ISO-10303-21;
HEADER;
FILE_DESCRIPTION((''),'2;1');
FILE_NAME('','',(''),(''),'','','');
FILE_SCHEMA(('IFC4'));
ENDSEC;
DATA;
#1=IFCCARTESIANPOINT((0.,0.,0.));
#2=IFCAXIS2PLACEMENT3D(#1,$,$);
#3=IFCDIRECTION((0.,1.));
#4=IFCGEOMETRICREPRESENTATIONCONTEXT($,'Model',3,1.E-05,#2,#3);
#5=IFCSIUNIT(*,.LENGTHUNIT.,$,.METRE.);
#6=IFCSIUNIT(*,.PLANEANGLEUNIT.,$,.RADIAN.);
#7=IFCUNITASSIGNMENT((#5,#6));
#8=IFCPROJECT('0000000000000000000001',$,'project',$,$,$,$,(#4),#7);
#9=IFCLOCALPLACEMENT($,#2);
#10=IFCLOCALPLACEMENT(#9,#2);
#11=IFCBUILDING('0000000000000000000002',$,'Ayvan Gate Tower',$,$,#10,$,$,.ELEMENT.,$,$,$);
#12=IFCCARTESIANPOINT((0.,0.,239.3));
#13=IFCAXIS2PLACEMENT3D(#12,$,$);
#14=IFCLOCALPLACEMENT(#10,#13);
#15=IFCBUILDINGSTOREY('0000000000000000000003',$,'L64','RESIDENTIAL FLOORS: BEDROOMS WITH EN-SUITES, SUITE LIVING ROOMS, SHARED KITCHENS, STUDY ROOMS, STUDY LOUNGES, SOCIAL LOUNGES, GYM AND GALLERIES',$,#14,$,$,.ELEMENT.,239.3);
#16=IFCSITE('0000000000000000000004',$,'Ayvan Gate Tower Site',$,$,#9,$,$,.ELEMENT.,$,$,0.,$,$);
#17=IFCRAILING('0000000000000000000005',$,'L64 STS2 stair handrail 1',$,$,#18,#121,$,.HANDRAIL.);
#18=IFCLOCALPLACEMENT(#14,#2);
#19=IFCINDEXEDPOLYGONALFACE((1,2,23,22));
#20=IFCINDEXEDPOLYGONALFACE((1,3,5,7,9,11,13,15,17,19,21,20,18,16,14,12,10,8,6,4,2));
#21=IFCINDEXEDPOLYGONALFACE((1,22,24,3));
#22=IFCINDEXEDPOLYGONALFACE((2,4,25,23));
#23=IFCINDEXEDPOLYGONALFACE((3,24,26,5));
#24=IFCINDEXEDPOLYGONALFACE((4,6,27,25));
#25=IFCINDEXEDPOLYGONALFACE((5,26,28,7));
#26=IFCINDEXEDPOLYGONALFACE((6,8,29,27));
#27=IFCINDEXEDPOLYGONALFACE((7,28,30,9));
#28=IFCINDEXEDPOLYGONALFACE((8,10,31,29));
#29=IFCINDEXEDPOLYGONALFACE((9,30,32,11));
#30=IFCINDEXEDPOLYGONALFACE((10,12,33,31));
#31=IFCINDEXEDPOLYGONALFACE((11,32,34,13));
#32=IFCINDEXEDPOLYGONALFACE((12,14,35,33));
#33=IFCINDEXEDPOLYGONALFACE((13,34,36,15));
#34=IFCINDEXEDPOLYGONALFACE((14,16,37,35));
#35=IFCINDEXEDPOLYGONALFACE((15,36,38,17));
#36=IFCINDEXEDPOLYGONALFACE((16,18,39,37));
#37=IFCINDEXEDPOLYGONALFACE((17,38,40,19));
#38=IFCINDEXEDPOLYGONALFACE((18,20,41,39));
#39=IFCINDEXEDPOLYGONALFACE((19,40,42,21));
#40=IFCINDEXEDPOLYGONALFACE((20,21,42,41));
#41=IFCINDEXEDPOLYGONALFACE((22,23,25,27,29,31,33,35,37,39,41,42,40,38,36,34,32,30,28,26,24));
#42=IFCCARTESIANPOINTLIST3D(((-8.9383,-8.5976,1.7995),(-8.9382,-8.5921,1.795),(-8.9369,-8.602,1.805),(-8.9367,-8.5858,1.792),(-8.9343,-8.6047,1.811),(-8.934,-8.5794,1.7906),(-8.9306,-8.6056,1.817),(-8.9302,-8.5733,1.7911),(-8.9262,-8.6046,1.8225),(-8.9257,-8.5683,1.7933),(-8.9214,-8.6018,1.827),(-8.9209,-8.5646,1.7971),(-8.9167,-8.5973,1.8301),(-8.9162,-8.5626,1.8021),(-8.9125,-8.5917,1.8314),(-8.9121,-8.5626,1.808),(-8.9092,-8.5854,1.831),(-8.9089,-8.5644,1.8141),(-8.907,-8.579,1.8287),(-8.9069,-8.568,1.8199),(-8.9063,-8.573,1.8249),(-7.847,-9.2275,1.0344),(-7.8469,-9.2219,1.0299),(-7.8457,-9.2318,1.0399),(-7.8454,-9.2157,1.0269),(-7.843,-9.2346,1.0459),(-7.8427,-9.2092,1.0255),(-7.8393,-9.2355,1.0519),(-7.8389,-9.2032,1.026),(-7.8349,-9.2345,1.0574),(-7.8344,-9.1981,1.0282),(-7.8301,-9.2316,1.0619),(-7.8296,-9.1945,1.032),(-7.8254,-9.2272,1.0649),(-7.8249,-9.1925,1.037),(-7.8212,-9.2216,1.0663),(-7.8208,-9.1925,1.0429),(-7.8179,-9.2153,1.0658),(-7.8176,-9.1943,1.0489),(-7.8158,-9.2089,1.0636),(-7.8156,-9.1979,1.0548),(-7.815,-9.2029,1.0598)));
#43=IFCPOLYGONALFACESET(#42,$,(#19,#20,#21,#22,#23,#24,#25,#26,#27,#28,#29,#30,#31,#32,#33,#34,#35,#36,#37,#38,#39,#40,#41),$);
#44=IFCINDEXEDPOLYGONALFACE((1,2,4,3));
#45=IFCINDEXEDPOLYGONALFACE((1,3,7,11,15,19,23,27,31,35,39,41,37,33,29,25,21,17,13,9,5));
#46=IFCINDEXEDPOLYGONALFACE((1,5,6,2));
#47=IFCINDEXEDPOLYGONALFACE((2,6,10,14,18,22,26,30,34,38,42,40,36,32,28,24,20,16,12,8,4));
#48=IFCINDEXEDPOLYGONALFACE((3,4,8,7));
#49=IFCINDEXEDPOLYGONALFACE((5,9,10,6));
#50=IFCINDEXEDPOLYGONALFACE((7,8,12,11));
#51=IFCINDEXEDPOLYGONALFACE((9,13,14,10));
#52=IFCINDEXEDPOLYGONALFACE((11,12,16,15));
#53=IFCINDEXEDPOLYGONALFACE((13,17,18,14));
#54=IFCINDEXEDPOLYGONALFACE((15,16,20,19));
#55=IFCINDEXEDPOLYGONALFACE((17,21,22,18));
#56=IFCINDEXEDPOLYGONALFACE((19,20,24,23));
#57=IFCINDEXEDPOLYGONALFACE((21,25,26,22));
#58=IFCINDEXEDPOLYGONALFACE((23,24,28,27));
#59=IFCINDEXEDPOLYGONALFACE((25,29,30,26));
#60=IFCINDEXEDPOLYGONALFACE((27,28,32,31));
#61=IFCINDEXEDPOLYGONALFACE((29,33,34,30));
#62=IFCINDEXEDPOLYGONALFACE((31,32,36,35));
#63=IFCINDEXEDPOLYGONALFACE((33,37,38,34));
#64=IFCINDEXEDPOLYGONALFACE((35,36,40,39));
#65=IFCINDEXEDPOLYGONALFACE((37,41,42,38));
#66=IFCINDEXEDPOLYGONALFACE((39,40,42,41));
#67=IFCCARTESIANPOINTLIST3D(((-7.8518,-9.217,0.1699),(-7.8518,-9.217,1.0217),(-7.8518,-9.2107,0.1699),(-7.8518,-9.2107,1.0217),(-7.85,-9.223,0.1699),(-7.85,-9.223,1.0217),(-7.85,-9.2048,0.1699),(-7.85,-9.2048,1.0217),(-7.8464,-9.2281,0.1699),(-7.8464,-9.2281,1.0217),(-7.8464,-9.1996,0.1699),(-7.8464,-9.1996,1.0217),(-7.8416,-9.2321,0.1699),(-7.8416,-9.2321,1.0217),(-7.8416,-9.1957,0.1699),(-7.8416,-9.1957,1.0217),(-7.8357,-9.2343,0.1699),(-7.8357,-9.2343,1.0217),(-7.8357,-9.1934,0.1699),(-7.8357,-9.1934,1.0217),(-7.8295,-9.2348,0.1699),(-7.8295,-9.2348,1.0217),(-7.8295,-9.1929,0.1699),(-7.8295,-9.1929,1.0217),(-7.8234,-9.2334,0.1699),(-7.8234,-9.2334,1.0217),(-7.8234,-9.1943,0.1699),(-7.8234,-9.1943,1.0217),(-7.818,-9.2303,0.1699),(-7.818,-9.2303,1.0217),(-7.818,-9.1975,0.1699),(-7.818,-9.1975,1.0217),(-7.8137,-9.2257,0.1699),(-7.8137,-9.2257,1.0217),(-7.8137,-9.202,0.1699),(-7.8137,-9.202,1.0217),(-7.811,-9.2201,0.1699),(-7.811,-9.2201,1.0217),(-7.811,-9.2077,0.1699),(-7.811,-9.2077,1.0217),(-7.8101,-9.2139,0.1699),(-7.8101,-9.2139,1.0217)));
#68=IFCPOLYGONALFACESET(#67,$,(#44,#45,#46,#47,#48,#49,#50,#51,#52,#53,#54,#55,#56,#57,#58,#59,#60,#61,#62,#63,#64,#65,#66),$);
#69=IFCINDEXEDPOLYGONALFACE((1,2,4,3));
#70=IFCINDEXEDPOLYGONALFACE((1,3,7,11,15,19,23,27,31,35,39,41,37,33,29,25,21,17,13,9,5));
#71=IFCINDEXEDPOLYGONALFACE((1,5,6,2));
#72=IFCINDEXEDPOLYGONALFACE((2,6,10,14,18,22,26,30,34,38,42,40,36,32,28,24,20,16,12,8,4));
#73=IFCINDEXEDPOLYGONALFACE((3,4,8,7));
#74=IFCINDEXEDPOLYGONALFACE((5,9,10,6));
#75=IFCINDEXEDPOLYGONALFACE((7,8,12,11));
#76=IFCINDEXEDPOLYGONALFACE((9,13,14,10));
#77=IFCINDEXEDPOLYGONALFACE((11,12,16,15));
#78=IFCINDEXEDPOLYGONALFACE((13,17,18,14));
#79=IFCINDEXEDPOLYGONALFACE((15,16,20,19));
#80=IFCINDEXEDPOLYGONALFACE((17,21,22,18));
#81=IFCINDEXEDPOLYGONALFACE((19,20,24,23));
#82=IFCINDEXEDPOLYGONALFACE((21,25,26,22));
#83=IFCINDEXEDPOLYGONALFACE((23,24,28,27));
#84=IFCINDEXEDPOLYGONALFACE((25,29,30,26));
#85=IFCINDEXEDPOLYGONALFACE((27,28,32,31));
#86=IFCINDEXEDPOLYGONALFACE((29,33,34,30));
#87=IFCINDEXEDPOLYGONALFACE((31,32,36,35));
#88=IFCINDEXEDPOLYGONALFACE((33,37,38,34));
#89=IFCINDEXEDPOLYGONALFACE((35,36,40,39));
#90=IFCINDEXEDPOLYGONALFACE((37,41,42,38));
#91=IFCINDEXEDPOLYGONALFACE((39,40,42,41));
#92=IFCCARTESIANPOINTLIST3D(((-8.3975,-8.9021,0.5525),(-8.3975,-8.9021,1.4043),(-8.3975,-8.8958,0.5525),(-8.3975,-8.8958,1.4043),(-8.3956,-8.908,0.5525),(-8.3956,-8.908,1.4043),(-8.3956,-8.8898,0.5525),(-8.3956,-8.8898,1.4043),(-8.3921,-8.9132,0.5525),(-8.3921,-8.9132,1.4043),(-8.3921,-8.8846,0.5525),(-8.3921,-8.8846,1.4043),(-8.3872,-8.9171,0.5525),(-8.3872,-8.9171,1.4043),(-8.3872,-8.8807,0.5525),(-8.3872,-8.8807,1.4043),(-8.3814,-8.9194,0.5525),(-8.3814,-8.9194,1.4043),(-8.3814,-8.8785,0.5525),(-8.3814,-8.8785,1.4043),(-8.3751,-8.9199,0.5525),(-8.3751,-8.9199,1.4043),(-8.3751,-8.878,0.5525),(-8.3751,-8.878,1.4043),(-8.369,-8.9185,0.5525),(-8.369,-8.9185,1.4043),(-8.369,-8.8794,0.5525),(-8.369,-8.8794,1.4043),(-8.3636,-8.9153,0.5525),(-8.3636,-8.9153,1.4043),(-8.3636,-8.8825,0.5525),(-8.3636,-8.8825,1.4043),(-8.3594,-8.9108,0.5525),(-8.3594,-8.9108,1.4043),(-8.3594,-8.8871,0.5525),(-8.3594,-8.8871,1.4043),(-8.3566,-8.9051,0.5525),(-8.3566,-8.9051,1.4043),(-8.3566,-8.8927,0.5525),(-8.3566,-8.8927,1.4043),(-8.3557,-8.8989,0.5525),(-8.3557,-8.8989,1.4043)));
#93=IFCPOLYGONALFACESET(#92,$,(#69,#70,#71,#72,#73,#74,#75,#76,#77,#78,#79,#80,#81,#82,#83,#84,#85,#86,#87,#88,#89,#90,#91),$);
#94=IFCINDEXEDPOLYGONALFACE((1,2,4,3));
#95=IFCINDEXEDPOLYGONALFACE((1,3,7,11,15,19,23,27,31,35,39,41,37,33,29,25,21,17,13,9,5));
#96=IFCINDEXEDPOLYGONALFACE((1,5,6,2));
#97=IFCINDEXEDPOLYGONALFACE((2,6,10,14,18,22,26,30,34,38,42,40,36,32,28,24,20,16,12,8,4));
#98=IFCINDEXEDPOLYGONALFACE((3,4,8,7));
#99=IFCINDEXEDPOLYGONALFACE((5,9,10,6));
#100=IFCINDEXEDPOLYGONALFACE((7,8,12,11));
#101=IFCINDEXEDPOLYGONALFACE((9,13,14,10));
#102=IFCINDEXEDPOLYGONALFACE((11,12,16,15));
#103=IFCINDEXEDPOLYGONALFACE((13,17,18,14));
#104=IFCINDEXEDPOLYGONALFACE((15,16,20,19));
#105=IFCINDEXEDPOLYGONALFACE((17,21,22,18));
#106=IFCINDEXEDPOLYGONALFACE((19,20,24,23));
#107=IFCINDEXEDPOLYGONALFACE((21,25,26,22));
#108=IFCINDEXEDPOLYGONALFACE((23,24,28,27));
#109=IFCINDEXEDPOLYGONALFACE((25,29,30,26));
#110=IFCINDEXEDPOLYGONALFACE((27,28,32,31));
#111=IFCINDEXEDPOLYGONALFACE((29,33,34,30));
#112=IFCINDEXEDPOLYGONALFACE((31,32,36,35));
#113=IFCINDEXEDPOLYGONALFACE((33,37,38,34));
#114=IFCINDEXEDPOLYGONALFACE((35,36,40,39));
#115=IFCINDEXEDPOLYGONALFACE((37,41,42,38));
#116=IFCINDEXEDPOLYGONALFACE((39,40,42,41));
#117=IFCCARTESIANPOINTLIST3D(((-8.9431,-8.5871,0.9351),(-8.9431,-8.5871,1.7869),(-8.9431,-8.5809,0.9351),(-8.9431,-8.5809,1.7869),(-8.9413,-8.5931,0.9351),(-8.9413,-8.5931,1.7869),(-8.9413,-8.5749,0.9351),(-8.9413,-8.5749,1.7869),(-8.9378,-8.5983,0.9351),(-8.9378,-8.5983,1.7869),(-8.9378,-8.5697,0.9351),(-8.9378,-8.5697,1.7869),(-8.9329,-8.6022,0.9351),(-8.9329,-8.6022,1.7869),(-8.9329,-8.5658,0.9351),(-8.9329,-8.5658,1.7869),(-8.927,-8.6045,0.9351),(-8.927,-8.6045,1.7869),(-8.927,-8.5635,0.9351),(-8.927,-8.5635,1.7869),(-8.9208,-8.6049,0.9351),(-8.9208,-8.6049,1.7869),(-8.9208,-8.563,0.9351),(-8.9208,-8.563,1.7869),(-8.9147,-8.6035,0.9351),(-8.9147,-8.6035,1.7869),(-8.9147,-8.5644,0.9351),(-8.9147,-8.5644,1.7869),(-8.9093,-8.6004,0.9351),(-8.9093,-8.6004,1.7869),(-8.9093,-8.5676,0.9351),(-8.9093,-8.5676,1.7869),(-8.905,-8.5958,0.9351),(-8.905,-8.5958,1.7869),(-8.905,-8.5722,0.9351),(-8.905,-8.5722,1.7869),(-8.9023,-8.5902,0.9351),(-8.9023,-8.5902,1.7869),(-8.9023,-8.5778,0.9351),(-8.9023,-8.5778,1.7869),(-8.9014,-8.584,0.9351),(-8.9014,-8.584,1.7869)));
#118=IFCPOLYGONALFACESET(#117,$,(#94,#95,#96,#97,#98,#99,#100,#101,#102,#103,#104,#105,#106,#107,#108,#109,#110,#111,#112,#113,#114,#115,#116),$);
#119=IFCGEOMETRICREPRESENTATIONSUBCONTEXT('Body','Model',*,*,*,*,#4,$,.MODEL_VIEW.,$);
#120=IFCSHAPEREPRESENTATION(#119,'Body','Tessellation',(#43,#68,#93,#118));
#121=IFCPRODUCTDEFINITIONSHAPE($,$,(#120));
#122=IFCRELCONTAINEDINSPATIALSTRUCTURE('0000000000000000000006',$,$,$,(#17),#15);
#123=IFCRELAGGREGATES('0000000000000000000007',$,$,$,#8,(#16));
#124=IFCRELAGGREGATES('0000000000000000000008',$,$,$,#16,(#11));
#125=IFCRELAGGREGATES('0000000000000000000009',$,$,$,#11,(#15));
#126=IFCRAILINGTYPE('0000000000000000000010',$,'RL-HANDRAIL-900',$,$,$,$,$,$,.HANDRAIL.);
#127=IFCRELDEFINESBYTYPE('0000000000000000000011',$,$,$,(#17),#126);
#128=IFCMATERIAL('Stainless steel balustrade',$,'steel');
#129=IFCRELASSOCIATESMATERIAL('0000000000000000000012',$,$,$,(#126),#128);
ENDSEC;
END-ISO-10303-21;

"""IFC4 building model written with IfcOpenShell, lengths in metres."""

from ifc_helpers import new_model, si_unit, direction, frame, origin, origin_2d, place, context, subcontext, project, spatial, circle, extrude, material, type_object, element, save


model = new_model("IFC4")

# Units and contexts
model_context = context("Model", 3, precision=1e-05, world=origin(), true_north=direction((0.0, 1.0)))
body_context = subcontext(model_context, "Body", "Model", "MODEL_VIEW")
ifc_project = project(units=[si_unit("LENGTHUNIT", "METRE"), si_unit("PLANEANGLEUNIT", "RADIAN")], contexts=[model_context])

# Site, building, storey
site_placement = place(None, origin())
site = spatial("IfcSite", under=ifc_project, at=site_placement, Name="Ayvan Gate Tower Site", CompositionType="ELEMENT", RefElevation=0.0)
building_placement = place(site_placement, origin())
building = spatial("IfcBuilding", under=site, at=building_placement, Name="Ayvan Gate Tower", CompositionType="ELEMENT")
storey_placement = place(building_placement, frame((0.0, 0.0, 239.3)))
storey = spatial("IfcBuildingStorey", under=building, at=storey_placement, Name="L64", Description="RESIDENTIAL FLOORS: BEDROOMS WITH EN-SUITES, SUITE LIVING ROOMS, SHARED KITCHENS, STUDY ROOMS, STUDY LOUNGES, SOCIAL LOUNGES, GYM AND GALLERIES", CompositionType="ELEMENT", Elevation=239.3)

# Railing
ifc_material_1 = material(Name="Stainless steel balustrade", Category="steel")
railing_type_1 = type_object("IfcRailingType", Name="RL-HANDRAIL-900", PredefinedType="HANDRAIL", material=ifc_material_1)
railing_1_placement = place(storey_placement, frame((-7.8311, -9.2139, 0.1699)))
element("IfcRailing", 1, at=railing_1_placement, inside=storey, type_object=railing_type_1, Name="L64 STS2 stair handrail 1", PredefinedType="HANDRAIL", context=body_context, shape_type="SweptSolid", body=[
    extrude(circle(Radius=0.0239, at=origin_2d()), frame((0.0, 0.0, 0.876), z_axis=(-0.740293, 0.427283, 0.519033), x_axis=(-0.49989, -0.866089, 0.0)), (0.0, 0.0, 1.0), 1.4741),
    extrude(circle(Radius=0.021, at=origin_2d()), origin(), (0.0, 0.0, 1.0), 0.8518),
    extrude(circle(Radius=0.021, at=origin_2d()), frame((-0.5457, 0.3149, 0.3826)), (0.0, 0.0, 1.0), 0.8518),
    extrude(circle(Radius=0.021, at=origin_2d()), frame((-1.0913, 0.6299, 0.7651)), (0.0, 0.0, 1.0), 0.8518),
])

save(model, "model.ifc")
